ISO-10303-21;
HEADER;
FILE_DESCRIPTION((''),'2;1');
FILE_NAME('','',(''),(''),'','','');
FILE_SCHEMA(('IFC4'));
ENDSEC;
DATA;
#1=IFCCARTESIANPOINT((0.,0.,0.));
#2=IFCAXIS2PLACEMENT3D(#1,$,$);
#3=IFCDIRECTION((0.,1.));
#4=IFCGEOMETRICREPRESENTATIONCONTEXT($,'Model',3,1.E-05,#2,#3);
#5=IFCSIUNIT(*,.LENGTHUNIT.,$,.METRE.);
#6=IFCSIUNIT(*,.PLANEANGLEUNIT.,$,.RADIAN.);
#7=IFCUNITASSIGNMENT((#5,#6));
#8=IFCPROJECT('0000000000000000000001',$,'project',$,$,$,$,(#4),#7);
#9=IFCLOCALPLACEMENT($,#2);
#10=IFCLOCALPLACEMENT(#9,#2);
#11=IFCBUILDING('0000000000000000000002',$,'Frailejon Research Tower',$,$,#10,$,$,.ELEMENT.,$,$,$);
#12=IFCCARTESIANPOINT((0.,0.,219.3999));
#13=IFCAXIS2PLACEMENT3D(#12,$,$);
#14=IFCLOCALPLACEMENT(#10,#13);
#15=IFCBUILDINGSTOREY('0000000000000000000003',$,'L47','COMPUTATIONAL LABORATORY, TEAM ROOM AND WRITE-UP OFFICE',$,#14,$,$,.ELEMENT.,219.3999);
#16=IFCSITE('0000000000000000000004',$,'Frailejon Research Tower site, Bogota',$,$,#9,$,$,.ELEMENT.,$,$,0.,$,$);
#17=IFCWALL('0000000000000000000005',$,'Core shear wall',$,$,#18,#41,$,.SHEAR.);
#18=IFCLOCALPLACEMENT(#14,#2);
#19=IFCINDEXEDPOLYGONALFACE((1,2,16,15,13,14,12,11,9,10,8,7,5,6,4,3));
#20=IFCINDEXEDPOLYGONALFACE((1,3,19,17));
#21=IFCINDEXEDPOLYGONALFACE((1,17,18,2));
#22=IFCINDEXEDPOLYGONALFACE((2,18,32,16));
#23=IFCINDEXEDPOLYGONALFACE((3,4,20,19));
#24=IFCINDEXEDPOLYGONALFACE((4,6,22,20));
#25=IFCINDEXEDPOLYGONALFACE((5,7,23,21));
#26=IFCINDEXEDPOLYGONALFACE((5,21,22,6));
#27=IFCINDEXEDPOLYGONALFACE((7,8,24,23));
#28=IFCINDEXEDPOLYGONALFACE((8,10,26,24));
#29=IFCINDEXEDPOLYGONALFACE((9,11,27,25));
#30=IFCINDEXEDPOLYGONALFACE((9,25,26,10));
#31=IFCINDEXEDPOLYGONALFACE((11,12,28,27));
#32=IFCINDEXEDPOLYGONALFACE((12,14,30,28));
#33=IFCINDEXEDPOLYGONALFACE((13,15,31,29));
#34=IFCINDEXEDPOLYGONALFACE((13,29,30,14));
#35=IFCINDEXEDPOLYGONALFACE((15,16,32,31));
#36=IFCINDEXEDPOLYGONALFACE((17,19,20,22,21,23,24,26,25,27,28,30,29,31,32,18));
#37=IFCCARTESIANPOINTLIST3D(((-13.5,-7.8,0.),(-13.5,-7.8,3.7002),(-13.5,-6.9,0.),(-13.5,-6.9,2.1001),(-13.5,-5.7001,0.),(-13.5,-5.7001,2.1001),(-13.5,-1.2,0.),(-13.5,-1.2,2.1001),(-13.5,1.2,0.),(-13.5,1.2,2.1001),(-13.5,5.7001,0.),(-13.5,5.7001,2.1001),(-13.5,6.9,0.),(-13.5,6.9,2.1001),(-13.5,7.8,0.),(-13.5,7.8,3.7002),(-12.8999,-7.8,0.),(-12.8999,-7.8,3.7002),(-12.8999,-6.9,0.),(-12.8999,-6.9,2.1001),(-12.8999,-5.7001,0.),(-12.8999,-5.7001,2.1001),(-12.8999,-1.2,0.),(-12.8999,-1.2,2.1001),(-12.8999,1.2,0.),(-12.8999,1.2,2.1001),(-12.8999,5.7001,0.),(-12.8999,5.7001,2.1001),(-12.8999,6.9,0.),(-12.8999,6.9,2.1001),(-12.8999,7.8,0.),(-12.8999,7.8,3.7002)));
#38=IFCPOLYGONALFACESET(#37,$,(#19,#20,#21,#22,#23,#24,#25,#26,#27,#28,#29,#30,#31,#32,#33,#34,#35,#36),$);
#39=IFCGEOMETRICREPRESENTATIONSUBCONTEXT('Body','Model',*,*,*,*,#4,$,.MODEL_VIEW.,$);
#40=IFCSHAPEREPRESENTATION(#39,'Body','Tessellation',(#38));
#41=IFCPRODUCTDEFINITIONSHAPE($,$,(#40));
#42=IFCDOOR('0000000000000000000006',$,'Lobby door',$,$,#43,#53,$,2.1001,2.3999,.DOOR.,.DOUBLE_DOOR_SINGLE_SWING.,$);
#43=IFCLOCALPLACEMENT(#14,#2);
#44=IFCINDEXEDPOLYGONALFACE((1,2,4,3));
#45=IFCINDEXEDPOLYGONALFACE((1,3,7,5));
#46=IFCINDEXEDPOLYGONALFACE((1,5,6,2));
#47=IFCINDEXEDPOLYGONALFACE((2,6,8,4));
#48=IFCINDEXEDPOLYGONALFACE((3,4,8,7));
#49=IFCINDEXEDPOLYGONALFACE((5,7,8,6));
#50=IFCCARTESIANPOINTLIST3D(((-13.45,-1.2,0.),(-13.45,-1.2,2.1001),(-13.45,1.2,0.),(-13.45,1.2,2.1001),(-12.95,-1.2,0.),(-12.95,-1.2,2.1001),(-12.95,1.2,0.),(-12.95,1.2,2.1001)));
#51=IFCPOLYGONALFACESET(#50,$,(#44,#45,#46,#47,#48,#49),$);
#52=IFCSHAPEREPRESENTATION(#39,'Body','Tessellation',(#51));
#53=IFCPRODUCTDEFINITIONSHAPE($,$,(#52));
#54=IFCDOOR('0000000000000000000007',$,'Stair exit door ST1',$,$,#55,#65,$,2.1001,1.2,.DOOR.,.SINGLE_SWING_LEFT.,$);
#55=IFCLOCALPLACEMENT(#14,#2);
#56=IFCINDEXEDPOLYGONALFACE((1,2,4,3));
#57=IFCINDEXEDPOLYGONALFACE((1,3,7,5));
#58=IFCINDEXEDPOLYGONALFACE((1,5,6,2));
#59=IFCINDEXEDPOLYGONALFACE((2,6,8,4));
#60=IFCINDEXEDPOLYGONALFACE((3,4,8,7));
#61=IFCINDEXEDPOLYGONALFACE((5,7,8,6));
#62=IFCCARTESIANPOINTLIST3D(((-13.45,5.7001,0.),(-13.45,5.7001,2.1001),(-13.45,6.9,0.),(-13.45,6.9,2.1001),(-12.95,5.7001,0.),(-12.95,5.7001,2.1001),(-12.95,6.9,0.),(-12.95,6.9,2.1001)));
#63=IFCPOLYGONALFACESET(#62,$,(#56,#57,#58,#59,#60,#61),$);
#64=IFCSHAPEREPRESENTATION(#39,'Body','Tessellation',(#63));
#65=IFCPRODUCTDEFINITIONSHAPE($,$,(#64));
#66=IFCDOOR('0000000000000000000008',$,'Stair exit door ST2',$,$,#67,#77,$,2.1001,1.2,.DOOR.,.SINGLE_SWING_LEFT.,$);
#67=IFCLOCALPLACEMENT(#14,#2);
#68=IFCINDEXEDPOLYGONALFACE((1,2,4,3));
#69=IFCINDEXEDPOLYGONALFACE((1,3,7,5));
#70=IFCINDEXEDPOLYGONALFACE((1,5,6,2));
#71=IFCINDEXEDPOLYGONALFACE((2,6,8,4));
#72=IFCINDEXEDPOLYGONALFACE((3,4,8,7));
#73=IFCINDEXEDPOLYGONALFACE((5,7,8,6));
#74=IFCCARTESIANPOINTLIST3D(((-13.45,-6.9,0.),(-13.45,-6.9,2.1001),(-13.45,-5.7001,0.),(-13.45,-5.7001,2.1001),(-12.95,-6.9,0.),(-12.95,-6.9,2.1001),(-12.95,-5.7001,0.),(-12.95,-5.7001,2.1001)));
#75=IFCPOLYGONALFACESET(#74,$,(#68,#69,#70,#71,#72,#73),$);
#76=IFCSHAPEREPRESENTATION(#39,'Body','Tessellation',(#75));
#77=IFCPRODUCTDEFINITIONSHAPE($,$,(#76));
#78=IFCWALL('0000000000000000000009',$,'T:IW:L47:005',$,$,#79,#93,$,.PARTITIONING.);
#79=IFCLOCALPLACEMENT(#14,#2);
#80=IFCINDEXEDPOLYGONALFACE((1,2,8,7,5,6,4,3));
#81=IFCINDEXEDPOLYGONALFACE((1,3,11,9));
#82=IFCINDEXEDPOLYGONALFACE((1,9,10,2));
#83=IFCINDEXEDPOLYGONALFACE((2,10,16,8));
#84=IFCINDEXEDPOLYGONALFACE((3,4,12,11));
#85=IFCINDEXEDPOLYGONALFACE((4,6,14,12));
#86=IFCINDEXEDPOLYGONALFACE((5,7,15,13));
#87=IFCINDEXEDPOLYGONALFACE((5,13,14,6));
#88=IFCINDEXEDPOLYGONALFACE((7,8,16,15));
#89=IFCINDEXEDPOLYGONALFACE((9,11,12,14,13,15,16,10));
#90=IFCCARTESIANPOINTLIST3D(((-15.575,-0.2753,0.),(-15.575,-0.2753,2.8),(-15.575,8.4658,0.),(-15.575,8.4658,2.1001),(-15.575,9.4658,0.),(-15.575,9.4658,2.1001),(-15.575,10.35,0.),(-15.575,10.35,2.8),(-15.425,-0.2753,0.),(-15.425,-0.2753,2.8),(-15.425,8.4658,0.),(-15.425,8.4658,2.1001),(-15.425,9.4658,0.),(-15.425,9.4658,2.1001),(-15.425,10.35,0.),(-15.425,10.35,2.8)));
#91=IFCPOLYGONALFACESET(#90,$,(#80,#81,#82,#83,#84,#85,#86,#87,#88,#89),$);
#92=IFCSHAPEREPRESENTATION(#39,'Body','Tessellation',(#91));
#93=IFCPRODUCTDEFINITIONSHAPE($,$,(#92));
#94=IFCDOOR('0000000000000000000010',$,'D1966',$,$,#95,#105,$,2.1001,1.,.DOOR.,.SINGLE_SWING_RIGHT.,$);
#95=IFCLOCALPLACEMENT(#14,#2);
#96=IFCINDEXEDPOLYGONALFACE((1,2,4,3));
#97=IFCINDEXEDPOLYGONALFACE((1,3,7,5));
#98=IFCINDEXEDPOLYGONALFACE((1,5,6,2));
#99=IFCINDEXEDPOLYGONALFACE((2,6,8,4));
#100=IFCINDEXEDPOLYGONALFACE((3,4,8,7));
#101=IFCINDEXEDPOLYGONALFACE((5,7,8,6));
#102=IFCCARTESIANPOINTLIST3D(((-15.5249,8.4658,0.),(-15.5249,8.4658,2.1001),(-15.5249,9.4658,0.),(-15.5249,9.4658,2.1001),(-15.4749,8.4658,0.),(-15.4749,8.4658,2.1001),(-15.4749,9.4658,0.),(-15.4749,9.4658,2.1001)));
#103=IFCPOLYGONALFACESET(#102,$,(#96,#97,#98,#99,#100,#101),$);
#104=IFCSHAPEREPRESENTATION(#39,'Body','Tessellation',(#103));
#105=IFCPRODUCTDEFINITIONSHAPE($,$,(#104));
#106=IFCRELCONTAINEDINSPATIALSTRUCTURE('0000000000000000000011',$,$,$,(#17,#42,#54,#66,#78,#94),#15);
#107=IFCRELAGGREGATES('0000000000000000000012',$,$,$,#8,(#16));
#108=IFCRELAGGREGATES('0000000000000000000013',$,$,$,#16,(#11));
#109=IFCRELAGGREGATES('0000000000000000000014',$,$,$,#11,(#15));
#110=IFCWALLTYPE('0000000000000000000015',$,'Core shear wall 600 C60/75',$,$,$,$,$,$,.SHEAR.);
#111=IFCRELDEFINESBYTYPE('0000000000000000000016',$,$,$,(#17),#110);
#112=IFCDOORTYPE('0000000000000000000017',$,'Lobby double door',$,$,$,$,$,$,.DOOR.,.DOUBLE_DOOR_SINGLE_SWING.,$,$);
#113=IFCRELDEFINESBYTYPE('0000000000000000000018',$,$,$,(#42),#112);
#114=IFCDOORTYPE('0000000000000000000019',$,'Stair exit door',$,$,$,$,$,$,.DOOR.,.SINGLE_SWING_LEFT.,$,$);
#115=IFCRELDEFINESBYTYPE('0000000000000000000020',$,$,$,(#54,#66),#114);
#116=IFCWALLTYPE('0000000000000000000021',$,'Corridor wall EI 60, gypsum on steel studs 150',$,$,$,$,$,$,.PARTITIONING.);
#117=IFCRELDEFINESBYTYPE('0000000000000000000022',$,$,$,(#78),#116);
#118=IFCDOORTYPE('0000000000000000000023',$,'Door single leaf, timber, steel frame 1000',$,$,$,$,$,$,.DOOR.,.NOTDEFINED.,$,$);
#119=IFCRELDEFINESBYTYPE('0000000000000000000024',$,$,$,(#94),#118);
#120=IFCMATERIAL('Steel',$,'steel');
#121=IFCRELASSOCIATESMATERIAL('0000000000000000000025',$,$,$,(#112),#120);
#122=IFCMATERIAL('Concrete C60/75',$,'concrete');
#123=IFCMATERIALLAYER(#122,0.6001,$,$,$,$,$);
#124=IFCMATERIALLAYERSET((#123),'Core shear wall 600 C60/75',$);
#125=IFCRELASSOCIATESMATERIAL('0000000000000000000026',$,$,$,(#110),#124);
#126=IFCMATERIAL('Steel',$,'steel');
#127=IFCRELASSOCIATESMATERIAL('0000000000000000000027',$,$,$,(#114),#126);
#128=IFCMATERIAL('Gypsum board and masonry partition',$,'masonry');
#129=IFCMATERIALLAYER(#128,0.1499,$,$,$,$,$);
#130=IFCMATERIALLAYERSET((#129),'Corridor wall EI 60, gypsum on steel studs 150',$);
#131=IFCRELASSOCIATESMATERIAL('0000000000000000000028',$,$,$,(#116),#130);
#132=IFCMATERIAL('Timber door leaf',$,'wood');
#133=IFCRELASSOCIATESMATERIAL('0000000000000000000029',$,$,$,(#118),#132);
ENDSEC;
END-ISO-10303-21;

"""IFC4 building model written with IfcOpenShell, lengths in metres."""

from ifc_helpers import new_model, si_unit, direction, frame, frame_2d, origin, place, context, subcontext, project, spatial, rectangle, extrude, material, layer, layer_set, type_object, element, fill, save


model = new_model("IFC4")

# Units and contexts
model_context = context("Model", 3, precision=1e-05, world=origin(), true_north=direction((0.0, 1.0)))
body_context = subcontext(model_context, "Body", "Model", "MODEL_VIEW")
ifc_project = project(units=[si_unit("LENGTHUNIT", "METRE"), si_unit("PLANEANGLEUNIT", "RADIAN")], contexts=[model_context])

# Site, building, storey
site_placement = place(None, origin())
site = spatial("IfcSite", under=ifc_project, at=site_placement, Name="Frailejon Research Tower site, Bogota", CompositionType="ELEMENT", RefElevation=0.0)
building_placement = place(site_placement, origin())
building = spatial("IfcBuilding", under=site, at=building_placement, Name="Frailejon Research Tower", CompositionType="ELEMENT")
storey_placement = place(building_placement, frame((0.0, 0.0, 219.3999)))
storey = spatial("IfcBuildingStorey", under=building, at=storey_placement, Name="L47", Description="COMPUTATIONAL LABORATORY, TEAM ROOM AND WRITE-UP OFFICE", CompositionType="ELEMENT", Elevation=219.3999)

# Shared definitions
ifc_material_1 = material(Name="Steel", Category="steel")
door_type_1 = type_object("IfcDoorType", Name="Lobby double door", OperationType="DOUBLE_DOOR_SINGLE_SWING", PredefinedType="DOOR", material=ifc_material_1)

# Shared definitions
ifc_material_2 = material(Name="Concrete C60/75", Category="concrete")
ifc_layer_1 = layer(ifc_material_2, 0.6001)
ifc_layer_set_1 = layer_set([ifc_layer_1], Name="Core shear wall 600 C60/75")
wall_type_1 = type_object("IfcWallType", Name="Core shear wall 600 C60/75", PredefinedType="SHEAR", material=ifc_layer_set_1)

# Wall, openings, doors
wall_1_placement = place(storey_placement, frame((-13.2, -7.8, 0.0), z_axis=(0.0, 0.0, 1.0), x_axis=(0.0, 1.0, 0.0)))
wall_1 = element("IfcWall", 1, at=wall_1_placement, inside=storey, type_object=wall_type_1, Name="Core shear wall", PredefinedType="SHEAR", context=body_context, shape_type="SweptSolid", body=[
    extrude(rectangle(XDim=15.6001, YDim=0.6001, at=frame_2d((7.8, 0.0))), origin(), (0.0, 0.0, 1.0), 3.7002),
])
opening_1_placement = place(wall_1_placement, frame((6.6001, 0.0, 0.0)))
opening_1 = element("IfcOpeningElement", 2, at=opening_1_placement, cuts=wall_1, PredefinedType="OPENING", context=body_context, shape_type="SweptSolid", body=[
    extrude(rectangle(XDim=2.3999, YDim=2.1001, at=frame_2d((1.2, 1.05))), frame((0.0, 0.3101, 0.0), z_axis=(0.0, -1.0, 0.0), x_axis=(1.0, 0.0, 0.0)), (0.0, 0.0, 1.0), 0.6201),
])
opening_2_placement = place(wall_1_placement, frame((13.5, 0.0, 0.0)))
opening_2 = element("IfcOpeningElement", 3, at=opening_2_placement, cuts=wall_1, PredefinedType="OPENING", context=body_context, shape_type="SweptSolid", body=[
    extrude(rectangle(XDim=1.2, YDim=2.1001, at=frame_2d((0.6001, 1.05))), frame((0.0, 0.3101, 0.0), z_axis=(0.0, -1.0, 0.0), x_axis=(1.0, 0.0, 0.0)), (0.0, 0.0, 1.0), 0.6201),
])
opening_3_placement = place(wall_1_placement, frame((0.8999, 0.0, 0.0)))
opening_3 = element("IfcOpeningElement", 4, at=opening_3_placement, cuts=wall_1, PredefinedType="OPENING", context=body_context, shape_type="SweptSolid", body=[
    extrude(rectangle(XDim=1.2, YDim=2.1001, at=frame_2d((0.6001, 1.05))), frame((0.0, 0.3101, 0.0), z_axis=(0.0, -1.0, 0.0), x_axis=(1.0, 0.0, 0.0)), (0.0, 0.0, 1.0), 0.6201),
])
door_1_placement = place(opening_1_placement, origin())
door_1 = element("IfcDoor", 5, at=door_1_placement, inside=storey, type_object=door_type_1, Name="Lobby door", OperationType="DOUBLE_DOOR_SINGLE_SWING", OverallHeight=2.1001, OverallWidth=2.3999, PredefinedType="DOOR", context=body_context, shape_type="SweptSolid", body=[
    extrude(rectangle(XDim=2.3999, YDim=2.1001, at=frame_2d((1.2, 1.05))), frame((0.0, 0.25, 0.0), z_axis=(0.0, -1.0, 0.0), x_axis=(1.0, 0.0, 0.0)), (0.0, 0.0, 1.0), 0.5),
])
fill(opening_1, door_1)
ifc_material_3 = material(Name="Steel", Category="steel")
door_type_2 = type_object("IfcDoorType", Name="Stair exit door", OperationType="SINGLE_SWING_LEFT", PredefinedType="DOOR", material=ifc_material_3)
door_2_placement = place(opening_2_placement, origin())
door_2 = element("IfcDoor", 6, at=door_2_placement, inside=storey, type_object=door_type_2, Name="Stair exit door ST1", OperationType="SINGLE_SWING_LEFT", OverallHeight=2.1001, OverallWidth=1.2, PredefinedType="DOOR", context=body_context, shape_type="SweptSolid", body=[
    extrude(rectangle(XDim=1.2, YDim=2.1001, at=frame_2d((0.6001, 1.05))), frame((0.0, 0.25, 0.0), z_axis=(0.0, -1.0, 0.0), x_axis=(1.0, 0.0, 0.0)), (0.0, 0.0, 1.0), 0.5),
])
fill(opening_2, door_2)
door_3_placement = place(opening_3_placement, origin())
door_3 = element("IfcDoor", 7, at=door_3_placement, inside=storey, type_object=door_type_2, Name="Stair exit door ST2", OperationType="SINGLE_SWING_LEFT", OverallHeight=2.1001, OverallWidth=1.2, PredefinedType="DOOR", context=body_context, shape_type="SweptSolid", body=[
    extrude(rectangle(XDim=1.2, YDim=2.1001, at=frame_2d((0.6001, 1.05))), frame((0.0, 0.25, 0.0), z_axis=(0.0, -1.0, 0.0), x_axis=(1.0, 0.0, 0.0)), (0.0, 0.0, 1.0), 0.5),
])
fill(opening_3, door_3)

# Wall, opening, door
ifc_material_4 = material(Name="Gypsum board and masonry partition", Category="masonry")
ifc_layer_2 = layer(ifc_material_4, 0.1499)
ifc_layer_set_2 = layer_set([ifc_layer_2], Name="Corridor wall EI 60, gypsum on steel studs 150")
wall_type_2 = type_object("IfcWallType", Name="Corridor wall EI 60, gypsum on steel studs 150", PredefinedType="PARTITIONING", material=ifc_layer_set_2)
wall_2_placement = place(storey_placement, frame((-15.5, -0.2751, 0.0), z_axis=(0.0, 0.0, 1.0), x_axis=(0.0, 1.0, 0.0)))
wall_2 = element("IfcWall", 8, at=wall_2_placement, inside=storey, type_object=wall_type_2, Name="T:IW:L47:005", PredefinedType="PARTITIONING", context=body_context, shape_type="SweptSolid", body=[
    extrude(rectangle(XDim=10.6252, YDim=0.1499, at=frame_2d((5.3125, 0.0))), origin(), (0.0, 0.0, 1.0), 2.8),
])
opening_4_placement = place(wall_2_placement, frame((8.741, 0.0, 0.0)))
opening_4 = element("IfcOpeningElement", 9, at=opening_4_placement, cuts=wall_2, PredefinedType="OPENING", context=body_context, shape_type="SweptSolid", body=[
    extrude(rectangle(XDim=1.0, YDim=2.1001, at=frame_2d((0.5, 1.05))), frame((0.0, 0.085, 0.0), z_axis=(0.0, -1.0, 0.0), x_axis=(1.0, 0.0, 0.0)), (0.0, 0.0, 1.0), 0.1699),
])
ifc_material_5 = material(Name="Timber door leaf", Category="wood")
door_type_3 = type_object("IfcDoorType", Name="Door single leaf, timber, steel frame 1000", OperationType="NOTDEFINED", PredefinedType="DOOR", material=ifc_material_5)
door_4_placement = place(opening_4_placement, origin())
door_4 = element("IfcDoor", 10, at=door_4_placement, inside=storey, type_object=door_type_3, Name="D1966", OperationType="SINGLE_SWING_RIGHT", OverallHeight=2.1001, OverallWidth=1.0, PredefinedType="DOOR", context=body_context, shape_type="SweptSolid", body=[
    extrude(rectangle(XDim=1.0, YDim=2.1001, at=frame_2d((0.5, 1.05))), frame((0.0, 0.0249, 0.0), z_axis=(0.0, -1.0, 0.0), x_axis=(1.0, 0.0, 0.0)), (0.0, 0.0, 1.0), 0.05),
])
fill(opening_4, door_4)

save(model, "model.ifc")
